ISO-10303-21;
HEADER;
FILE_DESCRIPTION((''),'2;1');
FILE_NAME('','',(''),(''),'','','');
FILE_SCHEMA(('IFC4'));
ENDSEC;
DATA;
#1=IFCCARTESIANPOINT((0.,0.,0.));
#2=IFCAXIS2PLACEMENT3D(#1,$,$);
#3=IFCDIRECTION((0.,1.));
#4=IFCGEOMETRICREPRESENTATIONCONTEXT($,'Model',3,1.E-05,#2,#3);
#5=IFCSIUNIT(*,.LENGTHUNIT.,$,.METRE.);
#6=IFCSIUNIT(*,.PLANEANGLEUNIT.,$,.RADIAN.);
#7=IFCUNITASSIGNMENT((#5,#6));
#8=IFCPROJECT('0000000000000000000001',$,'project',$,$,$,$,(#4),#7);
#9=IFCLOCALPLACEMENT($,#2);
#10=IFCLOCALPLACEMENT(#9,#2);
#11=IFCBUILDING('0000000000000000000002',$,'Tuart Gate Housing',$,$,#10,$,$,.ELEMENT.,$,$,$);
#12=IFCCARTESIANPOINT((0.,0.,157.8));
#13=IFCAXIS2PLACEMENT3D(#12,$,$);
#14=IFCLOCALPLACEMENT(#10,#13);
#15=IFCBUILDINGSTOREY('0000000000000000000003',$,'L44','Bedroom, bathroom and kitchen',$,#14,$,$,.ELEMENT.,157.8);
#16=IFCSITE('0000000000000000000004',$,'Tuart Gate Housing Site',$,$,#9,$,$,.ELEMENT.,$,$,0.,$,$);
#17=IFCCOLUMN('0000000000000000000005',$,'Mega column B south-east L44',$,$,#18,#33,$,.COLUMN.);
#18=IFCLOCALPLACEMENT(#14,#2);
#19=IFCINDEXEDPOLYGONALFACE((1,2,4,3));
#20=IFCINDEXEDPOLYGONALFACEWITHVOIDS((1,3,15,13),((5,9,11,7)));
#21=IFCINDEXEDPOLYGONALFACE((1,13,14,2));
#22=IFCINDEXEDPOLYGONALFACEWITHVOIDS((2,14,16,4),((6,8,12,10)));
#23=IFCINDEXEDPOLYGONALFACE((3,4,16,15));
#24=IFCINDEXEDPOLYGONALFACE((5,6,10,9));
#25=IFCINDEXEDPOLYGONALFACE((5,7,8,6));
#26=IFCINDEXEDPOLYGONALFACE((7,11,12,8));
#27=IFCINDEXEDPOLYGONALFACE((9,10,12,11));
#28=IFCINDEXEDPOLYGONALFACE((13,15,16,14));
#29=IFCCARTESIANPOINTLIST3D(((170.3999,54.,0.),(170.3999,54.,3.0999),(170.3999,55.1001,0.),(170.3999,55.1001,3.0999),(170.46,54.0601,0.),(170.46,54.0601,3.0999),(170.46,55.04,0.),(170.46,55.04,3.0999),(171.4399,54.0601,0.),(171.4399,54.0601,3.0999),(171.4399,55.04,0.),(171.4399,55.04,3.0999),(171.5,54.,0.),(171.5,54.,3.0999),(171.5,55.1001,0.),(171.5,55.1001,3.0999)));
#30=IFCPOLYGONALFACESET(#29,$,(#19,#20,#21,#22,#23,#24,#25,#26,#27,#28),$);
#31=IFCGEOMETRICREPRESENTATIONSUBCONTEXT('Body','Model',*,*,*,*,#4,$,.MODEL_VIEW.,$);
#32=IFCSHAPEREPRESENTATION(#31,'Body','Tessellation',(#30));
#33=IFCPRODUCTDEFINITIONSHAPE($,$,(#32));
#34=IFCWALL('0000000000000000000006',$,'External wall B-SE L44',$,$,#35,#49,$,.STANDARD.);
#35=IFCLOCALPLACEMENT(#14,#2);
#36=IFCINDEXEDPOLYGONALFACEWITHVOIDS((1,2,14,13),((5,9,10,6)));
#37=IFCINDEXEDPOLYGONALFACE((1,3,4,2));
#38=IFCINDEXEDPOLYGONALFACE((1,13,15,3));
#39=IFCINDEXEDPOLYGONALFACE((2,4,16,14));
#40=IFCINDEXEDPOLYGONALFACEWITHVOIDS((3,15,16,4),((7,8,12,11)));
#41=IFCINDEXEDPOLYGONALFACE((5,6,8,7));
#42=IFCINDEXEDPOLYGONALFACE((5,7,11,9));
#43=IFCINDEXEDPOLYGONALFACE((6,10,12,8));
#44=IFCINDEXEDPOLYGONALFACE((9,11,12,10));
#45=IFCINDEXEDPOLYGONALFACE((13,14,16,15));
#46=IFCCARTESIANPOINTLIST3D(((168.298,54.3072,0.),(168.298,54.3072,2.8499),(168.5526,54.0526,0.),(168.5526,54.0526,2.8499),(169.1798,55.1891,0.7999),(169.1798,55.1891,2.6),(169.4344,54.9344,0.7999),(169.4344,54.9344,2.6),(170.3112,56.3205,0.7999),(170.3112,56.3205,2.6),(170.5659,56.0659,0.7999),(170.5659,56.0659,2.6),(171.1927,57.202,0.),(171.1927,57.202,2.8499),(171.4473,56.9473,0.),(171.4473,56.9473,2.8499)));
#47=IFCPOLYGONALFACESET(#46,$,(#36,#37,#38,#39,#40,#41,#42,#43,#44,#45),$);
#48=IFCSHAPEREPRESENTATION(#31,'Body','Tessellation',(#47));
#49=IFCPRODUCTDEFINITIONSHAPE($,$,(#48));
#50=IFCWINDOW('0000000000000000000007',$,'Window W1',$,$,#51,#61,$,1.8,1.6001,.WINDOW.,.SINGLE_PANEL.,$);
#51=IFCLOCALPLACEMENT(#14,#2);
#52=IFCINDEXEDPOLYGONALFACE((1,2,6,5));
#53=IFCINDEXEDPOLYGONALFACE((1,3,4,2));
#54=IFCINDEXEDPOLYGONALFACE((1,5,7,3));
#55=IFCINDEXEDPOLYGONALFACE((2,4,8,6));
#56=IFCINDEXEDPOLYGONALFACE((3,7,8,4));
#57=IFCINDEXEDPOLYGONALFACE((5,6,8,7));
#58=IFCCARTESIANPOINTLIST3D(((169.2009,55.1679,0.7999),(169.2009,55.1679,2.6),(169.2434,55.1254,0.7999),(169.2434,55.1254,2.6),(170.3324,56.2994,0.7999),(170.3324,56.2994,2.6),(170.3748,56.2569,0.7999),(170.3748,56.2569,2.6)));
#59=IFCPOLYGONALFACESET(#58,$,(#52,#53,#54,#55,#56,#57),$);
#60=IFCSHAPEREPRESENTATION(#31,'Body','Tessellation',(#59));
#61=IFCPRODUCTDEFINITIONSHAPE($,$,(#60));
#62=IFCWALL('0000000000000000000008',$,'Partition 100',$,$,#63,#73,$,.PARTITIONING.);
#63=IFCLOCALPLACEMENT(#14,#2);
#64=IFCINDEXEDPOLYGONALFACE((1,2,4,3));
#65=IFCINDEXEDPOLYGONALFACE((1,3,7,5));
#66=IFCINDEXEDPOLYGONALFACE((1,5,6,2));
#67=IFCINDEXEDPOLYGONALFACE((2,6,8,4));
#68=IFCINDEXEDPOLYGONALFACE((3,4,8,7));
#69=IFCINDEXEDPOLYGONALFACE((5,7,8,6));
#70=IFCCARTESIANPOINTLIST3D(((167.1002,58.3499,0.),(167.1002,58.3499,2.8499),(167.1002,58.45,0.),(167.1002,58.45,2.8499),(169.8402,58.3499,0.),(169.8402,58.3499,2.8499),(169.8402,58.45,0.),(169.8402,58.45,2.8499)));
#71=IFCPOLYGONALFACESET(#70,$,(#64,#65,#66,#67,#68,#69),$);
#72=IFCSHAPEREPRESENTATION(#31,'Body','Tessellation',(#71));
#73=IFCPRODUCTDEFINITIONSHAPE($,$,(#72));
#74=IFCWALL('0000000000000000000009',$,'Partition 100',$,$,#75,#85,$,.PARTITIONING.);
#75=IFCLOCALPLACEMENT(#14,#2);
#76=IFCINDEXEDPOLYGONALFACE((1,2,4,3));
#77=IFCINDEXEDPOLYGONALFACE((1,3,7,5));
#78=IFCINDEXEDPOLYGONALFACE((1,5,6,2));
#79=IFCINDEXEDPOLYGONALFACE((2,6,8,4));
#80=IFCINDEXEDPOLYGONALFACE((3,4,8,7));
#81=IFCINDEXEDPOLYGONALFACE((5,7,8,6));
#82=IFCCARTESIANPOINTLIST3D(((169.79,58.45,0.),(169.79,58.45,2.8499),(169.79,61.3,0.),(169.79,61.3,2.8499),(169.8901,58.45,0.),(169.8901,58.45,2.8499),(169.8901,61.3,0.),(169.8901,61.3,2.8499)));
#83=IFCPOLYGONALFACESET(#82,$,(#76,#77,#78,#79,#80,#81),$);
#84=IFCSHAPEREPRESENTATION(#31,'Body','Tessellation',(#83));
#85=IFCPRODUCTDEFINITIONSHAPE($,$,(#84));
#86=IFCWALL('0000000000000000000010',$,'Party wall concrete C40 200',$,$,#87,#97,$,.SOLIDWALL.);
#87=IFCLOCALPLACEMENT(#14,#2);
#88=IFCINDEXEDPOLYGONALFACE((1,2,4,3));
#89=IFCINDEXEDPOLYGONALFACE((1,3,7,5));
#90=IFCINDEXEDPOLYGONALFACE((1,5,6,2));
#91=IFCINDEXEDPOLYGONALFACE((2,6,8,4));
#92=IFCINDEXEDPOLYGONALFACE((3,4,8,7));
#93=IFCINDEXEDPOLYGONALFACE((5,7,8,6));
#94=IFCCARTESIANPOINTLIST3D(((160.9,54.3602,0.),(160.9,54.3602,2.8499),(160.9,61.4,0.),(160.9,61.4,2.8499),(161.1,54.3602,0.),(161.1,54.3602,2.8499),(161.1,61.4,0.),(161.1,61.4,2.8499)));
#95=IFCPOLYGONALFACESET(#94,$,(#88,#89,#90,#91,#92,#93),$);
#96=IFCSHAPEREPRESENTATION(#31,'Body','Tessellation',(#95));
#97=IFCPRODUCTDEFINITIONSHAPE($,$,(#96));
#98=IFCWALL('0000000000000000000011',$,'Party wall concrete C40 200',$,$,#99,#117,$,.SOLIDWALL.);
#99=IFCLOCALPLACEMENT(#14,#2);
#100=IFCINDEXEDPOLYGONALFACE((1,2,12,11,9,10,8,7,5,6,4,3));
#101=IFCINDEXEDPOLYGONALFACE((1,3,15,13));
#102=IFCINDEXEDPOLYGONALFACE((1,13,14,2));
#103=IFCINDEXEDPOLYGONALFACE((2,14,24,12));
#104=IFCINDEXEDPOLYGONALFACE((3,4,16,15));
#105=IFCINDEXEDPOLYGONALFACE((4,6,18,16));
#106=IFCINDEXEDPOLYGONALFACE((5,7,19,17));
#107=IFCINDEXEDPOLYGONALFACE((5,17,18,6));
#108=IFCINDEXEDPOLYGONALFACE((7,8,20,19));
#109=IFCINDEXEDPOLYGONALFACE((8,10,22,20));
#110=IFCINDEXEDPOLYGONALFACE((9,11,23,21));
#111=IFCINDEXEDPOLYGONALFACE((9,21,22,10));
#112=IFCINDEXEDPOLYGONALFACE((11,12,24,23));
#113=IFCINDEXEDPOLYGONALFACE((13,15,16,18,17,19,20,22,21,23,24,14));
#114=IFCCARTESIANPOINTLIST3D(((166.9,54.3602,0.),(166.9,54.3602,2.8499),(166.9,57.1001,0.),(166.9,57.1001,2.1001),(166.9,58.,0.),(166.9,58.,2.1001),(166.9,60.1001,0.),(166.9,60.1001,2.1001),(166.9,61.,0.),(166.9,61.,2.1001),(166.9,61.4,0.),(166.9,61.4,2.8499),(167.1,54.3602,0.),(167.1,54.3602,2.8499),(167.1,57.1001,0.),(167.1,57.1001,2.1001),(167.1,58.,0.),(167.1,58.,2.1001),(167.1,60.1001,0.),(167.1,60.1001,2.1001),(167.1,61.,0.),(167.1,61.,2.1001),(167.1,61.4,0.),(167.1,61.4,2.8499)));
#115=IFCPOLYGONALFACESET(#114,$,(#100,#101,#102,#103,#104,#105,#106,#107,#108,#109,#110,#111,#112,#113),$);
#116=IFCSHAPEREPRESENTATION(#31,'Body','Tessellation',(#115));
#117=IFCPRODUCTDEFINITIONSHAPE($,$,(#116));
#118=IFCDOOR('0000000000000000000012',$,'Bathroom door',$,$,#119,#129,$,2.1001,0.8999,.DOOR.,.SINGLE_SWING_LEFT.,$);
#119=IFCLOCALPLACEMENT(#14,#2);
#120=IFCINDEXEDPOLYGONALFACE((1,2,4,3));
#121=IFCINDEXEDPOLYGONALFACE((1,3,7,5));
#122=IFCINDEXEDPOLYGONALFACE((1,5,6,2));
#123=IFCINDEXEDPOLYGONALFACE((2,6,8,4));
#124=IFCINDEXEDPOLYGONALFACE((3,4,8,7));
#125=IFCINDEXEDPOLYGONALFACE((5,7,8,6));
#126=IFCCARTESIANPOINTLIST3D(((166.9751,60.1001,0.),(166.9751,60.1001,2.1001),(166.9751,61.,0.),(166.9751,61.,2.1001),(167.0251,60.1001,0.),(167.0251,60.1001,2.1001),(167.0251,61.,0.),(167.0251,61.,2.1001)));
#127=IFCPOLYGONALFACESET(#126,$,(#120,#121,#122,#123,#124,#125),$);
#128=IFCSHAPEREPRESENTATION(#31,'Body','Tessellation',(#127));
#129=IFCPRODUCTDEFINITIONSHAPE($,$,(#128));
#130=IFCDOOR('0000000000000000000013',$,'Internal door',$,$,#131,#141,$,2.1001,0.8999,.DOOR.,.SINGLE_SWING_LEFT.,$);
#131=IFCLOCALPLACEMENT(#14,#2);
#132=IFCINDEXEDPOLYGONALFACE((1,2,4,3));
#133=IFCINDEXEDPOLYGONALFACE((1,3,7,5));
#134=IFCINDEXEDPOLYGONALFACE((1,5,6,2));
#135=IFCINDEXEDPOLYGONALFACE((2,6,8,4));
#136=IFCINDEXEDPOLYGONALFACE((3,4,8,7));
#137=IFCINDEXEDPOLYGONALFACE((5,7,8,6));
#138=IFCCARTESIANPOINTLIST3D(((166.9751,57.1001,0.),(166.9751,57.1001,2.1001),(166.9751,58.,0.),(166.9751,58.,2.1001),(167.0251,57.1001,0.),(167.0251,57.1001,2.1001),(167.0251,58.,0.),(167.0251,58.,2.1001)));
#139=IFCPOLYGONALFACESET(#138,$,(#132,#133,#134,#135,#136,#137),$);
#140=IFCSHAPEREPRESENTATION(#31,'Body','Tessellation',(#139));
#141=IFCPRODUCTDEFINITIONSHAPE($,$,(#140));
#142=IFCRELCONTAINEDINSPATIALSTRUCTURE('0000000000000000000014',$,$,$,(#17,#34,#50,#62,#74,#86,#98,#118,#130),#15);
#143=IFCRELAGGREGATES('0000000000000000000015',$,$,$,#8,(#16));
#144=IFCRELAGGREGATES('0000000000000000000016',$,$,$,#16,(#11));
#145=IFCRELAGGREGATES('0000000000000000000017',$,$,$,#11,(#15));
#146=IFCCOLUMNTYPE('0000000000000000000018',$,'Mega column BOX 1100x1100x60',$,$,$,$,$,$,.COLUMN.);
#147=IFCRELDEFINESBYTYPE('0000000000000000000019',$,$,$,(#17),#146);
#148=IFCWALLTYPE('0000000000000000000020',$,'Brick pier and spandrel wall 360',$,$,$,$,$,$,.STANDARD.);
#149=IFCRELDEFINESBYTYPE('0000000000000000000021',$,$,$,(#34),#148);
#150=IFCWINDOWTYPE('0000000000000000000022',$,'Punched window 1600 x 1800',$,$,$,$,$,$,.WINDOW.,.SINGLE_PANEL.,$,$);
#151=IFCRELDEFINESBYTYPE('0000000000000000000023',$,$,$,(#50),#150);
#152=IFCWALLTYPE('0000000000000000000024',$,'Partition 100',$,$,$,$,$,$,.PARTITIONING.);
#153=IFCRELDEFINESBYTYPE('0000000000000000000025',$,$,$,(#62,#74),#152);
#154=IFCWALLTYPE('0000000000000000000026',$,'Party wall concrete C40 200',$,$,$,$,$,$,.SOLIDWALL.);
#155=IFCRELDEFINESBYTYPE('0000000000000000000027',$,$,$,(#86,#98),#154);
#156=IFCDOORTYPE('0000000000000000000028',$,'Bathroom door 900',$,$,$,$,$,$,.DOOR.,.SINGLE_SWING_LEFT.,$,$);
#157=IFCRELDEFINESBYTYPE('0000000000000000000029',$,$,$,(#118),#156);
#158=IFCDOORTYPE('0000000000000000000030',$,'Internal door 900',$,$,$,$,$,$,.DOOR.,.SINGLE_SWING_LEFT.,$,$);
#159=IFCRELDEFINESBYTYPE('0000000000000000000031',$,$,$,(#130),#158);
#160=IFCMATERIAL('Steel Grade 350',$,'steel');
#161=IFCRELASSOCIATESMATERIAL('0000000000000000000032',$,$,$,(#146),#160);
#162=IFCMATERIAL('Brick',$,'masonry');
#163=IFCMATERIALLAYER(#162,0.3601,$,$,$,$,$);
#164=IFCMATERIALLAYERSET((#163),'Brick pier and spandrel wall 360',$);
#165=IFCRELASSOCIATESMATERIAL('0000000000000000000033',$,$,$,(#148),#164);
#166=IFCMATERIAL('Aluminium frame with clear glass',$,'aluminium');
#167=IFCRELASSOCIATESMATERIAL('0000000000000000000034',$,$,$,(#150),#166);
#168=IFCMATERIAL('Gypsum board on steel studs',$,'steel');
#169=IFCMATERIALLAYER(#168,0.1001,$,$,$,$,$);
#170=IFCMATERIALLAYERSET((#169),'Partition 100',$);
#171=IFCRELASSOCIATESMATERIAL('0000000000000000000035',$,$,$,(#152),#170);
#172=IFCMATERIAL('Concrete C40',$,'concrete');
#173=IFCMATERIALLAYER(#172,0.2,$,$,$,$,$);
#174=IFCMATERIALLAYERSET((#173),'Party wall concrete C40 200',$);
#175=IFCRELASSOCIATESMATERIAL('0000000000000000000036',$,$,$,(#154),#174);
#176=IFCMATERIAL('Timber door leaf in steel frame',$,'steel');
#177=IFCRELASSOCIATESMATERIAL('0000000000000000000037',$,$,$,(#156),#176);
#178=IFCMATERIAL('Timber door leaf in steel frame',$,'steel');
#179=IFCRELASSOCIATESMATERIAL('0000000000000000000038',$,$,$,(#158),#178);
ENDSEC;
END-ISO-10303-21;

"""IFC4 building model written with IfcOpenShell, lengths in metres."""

from ifc_helpers import new_model, si_unit, direction, frame, frame_2d, origin, origin_2d, place, context, subcontext, project, spatial, rectangle, hollow_rectangle, extrude, material, layer, layer_set, material_profile, profile_set, type_object, element, fill, save


model = new_model("IFC4")

# Units and contexts
model_context = context("Model", 3, precision=1e-05, world=origin(), true_north=direction((0.0, 1.0)))
body_context = subcontext(model_context, "Body", "Model", "MODEL_VIEW")
ifc_project = project(units=[si_unit("LENGTHUNIT", "METRE"), si_unit("PLANEANGLEUNIT", "RADIAN")], contexts=[model_context])

# Site, building, storey
site_placement = place(None, origin())
site = spatial("IfcSite", under=ifc_project, at=site_placement, Name="Tuart Gate Housing Site", CompositionType="ELEMENT", RefElevation=0.0)
building_placement = place(site_placement, origin())
building = spatial("IfcBuilding", under=site, at=building_placement, Name="Tuart Gate Housing", CompositionType="ELEMENT")
storey_placement = place(building_placement, frame((0.0, 0.0, 157.8)))
storey = spatial("IfcBuildingStorey", under=building, at=storey_placement, Name="L44", Description="Bedroom, bathroom and kitchen", CompositionType="ELEMENT", Elevation=157.8)

# Column
ifc_material_1 = material(Name="Steel Grade 350", Category="steel")
ifc_material_profile = material_profile(ifc_material_1, hollow_rectangle(XDim=1.1001, YDim=1.1001, WallThickness=0.0601, at=origin_2d()), Name="BOX 1100x1100x60")
ifc_profile_set = profile_set([ifc_material_profile], Name="Steel Grade 350")
column_type = type_object("IfcColumnType", Name="Mega column BOX 1100x1100x60", PredefinedType="COLUMN", material=ifc_profile_set)
column_placement = place(storey_placement, frame((170.95, 54.55, 0.0), z_axis=(0.0, 0.0, 1.0), x_axis=(1.0, 0.0, 0.0)))
element("IfcColumn", 1, at=column_placement, inside=storey, type_object=column_type, Name="Mega column B south-east L44", PredefinedType="COLUMN", context=body_context, shape_type="SweptSolid", body=[
    extrude(hollow_rectangle(XDim=1.1001, YDim=1.1001, WallThickness=0.0601, at=origin_2d()), origin(), (0.0, 0.0, 1.0), 3.0999),
])

# Wall, opening, window
ifc_material_2 = material(Name="Brick", Category="masonry")
ifc_layer_1 = layer(ifc_material_2, 0.3601)
ifc_layer_set_1 = layer_set([ifc_layer_1], Name="Brick pier and spandrel wall 360")
wall_type_1 = type_object("IfcWallType", Name="Brick pier and spandrel wall 360", PredefinedType="STANDARD", material=ifc_layer_set_1)
wall_1_placement = place(storey_placement, frame((168.4253, 54.1799, 0.0), z_axis=(0.0, 0.0, 1.0), x_axis=(0.707107, 0.707107, 0.0)))
wall_1 = element("IfcWall", 2, at=wall_1_placement, inside=storey, type_object=wall_type_1, Name="External wall B-SE L44", PredefinedType="STANDARD", context=body_context, shape_type="SweptSolid", body=[
    extrude(rectangle(XDim=4.0938, YDim=0.3601, at=frame_2d((2.0469, 0.0))), origin(), (0.0, 0.0, 1.0), 2.8499),
])
opening_1_placement = place(wall_1_placement, frame((1.2471, 0.0, 0.8)))
opening_1 = element("IfcOpeningElement", 3, at=opening_1_placement, cuts=wall_1, PredefinedType="OPENING", context=body_context, shape_type="SweptSolid", body=[
    extrude(rectangle(XDim=1.6001, YDim=1.8, at=frame_2d((0.8, 0.8999))), frame((0.0, 0.1899, 0.0), z_axis=(0.0, -1.0, 0.0), x_axis=(1.0, 0.0, 0.0)), (0.0, 0.0, 1.0), 0.3801),
])
ifc_material_3 = material(Name="Aluminium frame with clear glass", Category="aluminium")
window_type_1 = type_object("IfcWindowType", Name="Punched window 1600 x 1800", PartitioningType="SINGLE_PANEL", PredefinedType="WINDOW", material=ifc_material_3)
window_1_placement = place(opening_1_placement, origin())
window_1 = element("IfcWindow", 4, at=window_1_placement, inside=storey, type_object=window_type_1, Name="Window W1", OverallHeight=1.8, OverallWidth=1.6001, PartitioningType="SINGLE_PANEL", PredefinedType="WINDOW", context=body_context, shape_type="SweptSolid", body=[
    extrude(rectangle(XDim=1.6001, YDim=1.8, at=frame_2d((0.8, 0.8999))), frame((0.0, 0.1501, 0.0), z_axis=(0.0, -1.0, 0.0), x_axis=(1.0, 0.0, 0.0)), (0.0, 0.0, 1.0), 0.0601),
])
fill(opening_1, window_1)

# Walls
ifc_material_4 = material(Name="Gypsum board on steel studs", Category="steel")
ifc_layer_2 = layer(ifc_material_4, 0.1001)
ifc_layer_set_2 = layer_set([ifc_layer_2], Name="Partition 100")
wall_type_2 = type_object("IfcWallType", Name="Partition 100", PredefinedType="PARTITIONING", material=ifc_layer_set_2)
wall_2_placement = place(storey_placement, frame((167.1001, 58.3999, 0.0), z_axis=(0.0, 0.0, 1.0), x_axis=(1.0, 0.0, 0.0)))
element("IfcWall", 5, at=wall_2_placement, inside=storey, type_object=wall_type_2, Name="Partition 100", PredefinedType="PARTITIONING", context=body_context, shape_type="SweptSolid", body=[
    extrude(rectangle(XDim=2.74, YDim=0.1001, at=frame_2d((1.3701, 0.0))), origin(), (0.0, 0.0, 1.0), 2.8499),
])
wall_3_placement = place(storey_placement, frame((169.8401, 58.45, 0.0), z_axis=(0.0, 0.0, 1.0), x_axis=(0.0, 1.0, 0.0)))
element("IfcWall", 6, at=wall_3_placement, inside=storey, type_object=wall_type_2, Name="Partition 100", PredefinedType="PARTITIONING", context=body_context, shape_type="SweptSolid", body=[
    extrude(rectangle(XDim=2.8501, YDim=0.1001, at=frame_2d((1.425, 0.0))), origin(), (0.0, 0.0, 1.0), 2.8499),
])
ifc_material_5 = material(Name="Concrete C40", Category="concrete")
ifc_layer_3 = layer(ifc_material_5, 0.2)
ifc_layer_set_3 = layer_set([ifc_layer_3], Name="Party wall concrete C40 200")
wall_type_3 = type_object("IfcWallType", Name="Party wall concrete C40 200", PredefinedType="SOLIDWALL", material=ifc_layer_set_3)
wall_4_placement = place(storey_placement, frame((161.0, 54.3601, 0.0), z_axis=(0.0, 0.0, 1.0), x_axis=(0.0, 1.0, 0.0)))
element("IfcWall", 7, at=wall_4_placement, inside=storey, type_object=wall_type_3, Name="Party wall concrete C40 200", PredefinedType="SOLIDWALL", context=body_context, shape_type="SweptSolid", body=[
    extrude(rectangle(XDim=7.0398, YDim=0.2, at=frame_2d((3.52, 0.0))), origin(), (0.0, 0.0, 1.0), 2.8499),
])

# Wall, openings, doors
wall_5_placement = place(storey_placement, frame((167.0, 54.3601, 0.0), z_axis=(0.0, 0.0, 1.0), x_axis=(0.0, 1.0, 0.0)))
wall_5 = element("IfcWall", 8, at=wall_5_placement, inside=storey, type_object=wall_type_3, Name="Party wall concrete C40 200", PredefinedType="SOLIDWALL", context=body_context, shape_type="SweptSolid", body=[
    extrude(rectangle(XDim=7.0398, YDim=0.2, at=frame_2d((3.52, 0.0))), origin(), (0.0, 0.0, 1.0), 2.8499),
])
opening_2_placement = place(wall_5_placement, frame((2.74, 0.0, 0.0)))
opening_2 = element("IfcOpeningElement", 9, at=opening_2_placement, cuts=wall_5, PredefinedType="OPENING", context=body_context, shape_type="SweptSolid", body=[
    extrude(rectangle(XDim=0.8999, YDim=2.1001, at=frame_2d((0.45, 1.05))), frame((0.0, 0.1099, 0.0), z_axis=(0.0, -1.0, 0.0), x_axis=(1.0, 0.0, 0.0)), (0.0, 0.0, 1.0), 0.22),
])
opening_3_placement = place(wall_5_placement, frame((5.74, 0.0, 0.0)))
opening_3 = element("IfcOpeningElement", 10, at=opening_3_placement, cuts=wall_5, PredefinedType="OPENING", context=body_context, shape_type="SweptSolid", body=[
    extrude(rectangle(XDim=0.8999, YDim=2.1001, at=frame_2d((0.45, 1.05))), frame((0.0, 0.1099, 0.0), z_axis=(0.0, -1.0, 0.0), x_axis=(1.0, 0.0, 0.0)), (0.0, 0.0, 1.0), 0.22),
])
ifc_material_6 = material(Name="Timber door leaf in steel frame", Category="steel")
door_type_1 = type_object("IfcDoorType", Name="Bathroom door 900", OperationType="SINGLE_SWING_LEFT", PredefinedType="DOOR", material=ifc_material_6)
door_1_placement = place(opening_3_placement, frame((0.8999, 0.0, 0.0), z_axis=(0.0, 0.0, 1.0), x_axis=(-1.0, 0.0, 0.0)))
door_1 = element("IfcDoor", 11, at=door_1_placement, inside=storey, type_object=door_type_1, Name="Bathroom door", OperationType="SINGLE_SWING_LEFT", OverallHeight=2.1001, OverallWidth=0.8999, PredefinedType="DOOR", context=body_context, shape_type="SweptSolid", body=[
    extrude(rectangle(XDim=0.8999, YDim=2.1001, at=frame_2d((0.45, 1.05))), frame((0.0, 0.0251, 0.0), z_axis=(0.0, -1.0, 0.0), x_axis=(1.0, 0.0, 0.0)), (0.0, 0.0, 1.0), 0.05),
])
fill(opening_3, door_1)
ifc_material_7 = material(Name="Timber door leaf in steel frame", Category="steel")
door_type_2 = type_object("IfcDoorType", Name="Internal door 900", OperationType="SINGLE_SWING_LEFT", PredefinedType="DOOR", material=ifc_material_7)
door_2_placement = place(opening_2_placement, frame((0.8999, 0.0, 0.0), z_axis=(0.0, 0.0, 1.0), x_axis=(-1.0, 0.0, 0.0)))
door_2 = element("IfcDoor", 12, at=door_2_placement, inside=storey, type_object=door_type_2, Name="Internal door", OperationType="SINGLE_SWING_LEFT", OverallHeight=2.1001, OverallWidth=0.8999, PredefinedType="DOOR", context=body_context, shape_type="SweptSolid", body=[
    extrude(rectangle(XDim=0.8999, YDim=2.1001, at=frame_2d((0.45, 1.05))), frame((0.0, 0.0251, 0.0), z_axis=(0.0, -1.0, 0.0), x_axis=(1.0, 0.0, 0.0)), (0.0, 0.0, 1.0), 0.05),
])
fill(opening_2, door_2)

save(model, "model.ifc")
